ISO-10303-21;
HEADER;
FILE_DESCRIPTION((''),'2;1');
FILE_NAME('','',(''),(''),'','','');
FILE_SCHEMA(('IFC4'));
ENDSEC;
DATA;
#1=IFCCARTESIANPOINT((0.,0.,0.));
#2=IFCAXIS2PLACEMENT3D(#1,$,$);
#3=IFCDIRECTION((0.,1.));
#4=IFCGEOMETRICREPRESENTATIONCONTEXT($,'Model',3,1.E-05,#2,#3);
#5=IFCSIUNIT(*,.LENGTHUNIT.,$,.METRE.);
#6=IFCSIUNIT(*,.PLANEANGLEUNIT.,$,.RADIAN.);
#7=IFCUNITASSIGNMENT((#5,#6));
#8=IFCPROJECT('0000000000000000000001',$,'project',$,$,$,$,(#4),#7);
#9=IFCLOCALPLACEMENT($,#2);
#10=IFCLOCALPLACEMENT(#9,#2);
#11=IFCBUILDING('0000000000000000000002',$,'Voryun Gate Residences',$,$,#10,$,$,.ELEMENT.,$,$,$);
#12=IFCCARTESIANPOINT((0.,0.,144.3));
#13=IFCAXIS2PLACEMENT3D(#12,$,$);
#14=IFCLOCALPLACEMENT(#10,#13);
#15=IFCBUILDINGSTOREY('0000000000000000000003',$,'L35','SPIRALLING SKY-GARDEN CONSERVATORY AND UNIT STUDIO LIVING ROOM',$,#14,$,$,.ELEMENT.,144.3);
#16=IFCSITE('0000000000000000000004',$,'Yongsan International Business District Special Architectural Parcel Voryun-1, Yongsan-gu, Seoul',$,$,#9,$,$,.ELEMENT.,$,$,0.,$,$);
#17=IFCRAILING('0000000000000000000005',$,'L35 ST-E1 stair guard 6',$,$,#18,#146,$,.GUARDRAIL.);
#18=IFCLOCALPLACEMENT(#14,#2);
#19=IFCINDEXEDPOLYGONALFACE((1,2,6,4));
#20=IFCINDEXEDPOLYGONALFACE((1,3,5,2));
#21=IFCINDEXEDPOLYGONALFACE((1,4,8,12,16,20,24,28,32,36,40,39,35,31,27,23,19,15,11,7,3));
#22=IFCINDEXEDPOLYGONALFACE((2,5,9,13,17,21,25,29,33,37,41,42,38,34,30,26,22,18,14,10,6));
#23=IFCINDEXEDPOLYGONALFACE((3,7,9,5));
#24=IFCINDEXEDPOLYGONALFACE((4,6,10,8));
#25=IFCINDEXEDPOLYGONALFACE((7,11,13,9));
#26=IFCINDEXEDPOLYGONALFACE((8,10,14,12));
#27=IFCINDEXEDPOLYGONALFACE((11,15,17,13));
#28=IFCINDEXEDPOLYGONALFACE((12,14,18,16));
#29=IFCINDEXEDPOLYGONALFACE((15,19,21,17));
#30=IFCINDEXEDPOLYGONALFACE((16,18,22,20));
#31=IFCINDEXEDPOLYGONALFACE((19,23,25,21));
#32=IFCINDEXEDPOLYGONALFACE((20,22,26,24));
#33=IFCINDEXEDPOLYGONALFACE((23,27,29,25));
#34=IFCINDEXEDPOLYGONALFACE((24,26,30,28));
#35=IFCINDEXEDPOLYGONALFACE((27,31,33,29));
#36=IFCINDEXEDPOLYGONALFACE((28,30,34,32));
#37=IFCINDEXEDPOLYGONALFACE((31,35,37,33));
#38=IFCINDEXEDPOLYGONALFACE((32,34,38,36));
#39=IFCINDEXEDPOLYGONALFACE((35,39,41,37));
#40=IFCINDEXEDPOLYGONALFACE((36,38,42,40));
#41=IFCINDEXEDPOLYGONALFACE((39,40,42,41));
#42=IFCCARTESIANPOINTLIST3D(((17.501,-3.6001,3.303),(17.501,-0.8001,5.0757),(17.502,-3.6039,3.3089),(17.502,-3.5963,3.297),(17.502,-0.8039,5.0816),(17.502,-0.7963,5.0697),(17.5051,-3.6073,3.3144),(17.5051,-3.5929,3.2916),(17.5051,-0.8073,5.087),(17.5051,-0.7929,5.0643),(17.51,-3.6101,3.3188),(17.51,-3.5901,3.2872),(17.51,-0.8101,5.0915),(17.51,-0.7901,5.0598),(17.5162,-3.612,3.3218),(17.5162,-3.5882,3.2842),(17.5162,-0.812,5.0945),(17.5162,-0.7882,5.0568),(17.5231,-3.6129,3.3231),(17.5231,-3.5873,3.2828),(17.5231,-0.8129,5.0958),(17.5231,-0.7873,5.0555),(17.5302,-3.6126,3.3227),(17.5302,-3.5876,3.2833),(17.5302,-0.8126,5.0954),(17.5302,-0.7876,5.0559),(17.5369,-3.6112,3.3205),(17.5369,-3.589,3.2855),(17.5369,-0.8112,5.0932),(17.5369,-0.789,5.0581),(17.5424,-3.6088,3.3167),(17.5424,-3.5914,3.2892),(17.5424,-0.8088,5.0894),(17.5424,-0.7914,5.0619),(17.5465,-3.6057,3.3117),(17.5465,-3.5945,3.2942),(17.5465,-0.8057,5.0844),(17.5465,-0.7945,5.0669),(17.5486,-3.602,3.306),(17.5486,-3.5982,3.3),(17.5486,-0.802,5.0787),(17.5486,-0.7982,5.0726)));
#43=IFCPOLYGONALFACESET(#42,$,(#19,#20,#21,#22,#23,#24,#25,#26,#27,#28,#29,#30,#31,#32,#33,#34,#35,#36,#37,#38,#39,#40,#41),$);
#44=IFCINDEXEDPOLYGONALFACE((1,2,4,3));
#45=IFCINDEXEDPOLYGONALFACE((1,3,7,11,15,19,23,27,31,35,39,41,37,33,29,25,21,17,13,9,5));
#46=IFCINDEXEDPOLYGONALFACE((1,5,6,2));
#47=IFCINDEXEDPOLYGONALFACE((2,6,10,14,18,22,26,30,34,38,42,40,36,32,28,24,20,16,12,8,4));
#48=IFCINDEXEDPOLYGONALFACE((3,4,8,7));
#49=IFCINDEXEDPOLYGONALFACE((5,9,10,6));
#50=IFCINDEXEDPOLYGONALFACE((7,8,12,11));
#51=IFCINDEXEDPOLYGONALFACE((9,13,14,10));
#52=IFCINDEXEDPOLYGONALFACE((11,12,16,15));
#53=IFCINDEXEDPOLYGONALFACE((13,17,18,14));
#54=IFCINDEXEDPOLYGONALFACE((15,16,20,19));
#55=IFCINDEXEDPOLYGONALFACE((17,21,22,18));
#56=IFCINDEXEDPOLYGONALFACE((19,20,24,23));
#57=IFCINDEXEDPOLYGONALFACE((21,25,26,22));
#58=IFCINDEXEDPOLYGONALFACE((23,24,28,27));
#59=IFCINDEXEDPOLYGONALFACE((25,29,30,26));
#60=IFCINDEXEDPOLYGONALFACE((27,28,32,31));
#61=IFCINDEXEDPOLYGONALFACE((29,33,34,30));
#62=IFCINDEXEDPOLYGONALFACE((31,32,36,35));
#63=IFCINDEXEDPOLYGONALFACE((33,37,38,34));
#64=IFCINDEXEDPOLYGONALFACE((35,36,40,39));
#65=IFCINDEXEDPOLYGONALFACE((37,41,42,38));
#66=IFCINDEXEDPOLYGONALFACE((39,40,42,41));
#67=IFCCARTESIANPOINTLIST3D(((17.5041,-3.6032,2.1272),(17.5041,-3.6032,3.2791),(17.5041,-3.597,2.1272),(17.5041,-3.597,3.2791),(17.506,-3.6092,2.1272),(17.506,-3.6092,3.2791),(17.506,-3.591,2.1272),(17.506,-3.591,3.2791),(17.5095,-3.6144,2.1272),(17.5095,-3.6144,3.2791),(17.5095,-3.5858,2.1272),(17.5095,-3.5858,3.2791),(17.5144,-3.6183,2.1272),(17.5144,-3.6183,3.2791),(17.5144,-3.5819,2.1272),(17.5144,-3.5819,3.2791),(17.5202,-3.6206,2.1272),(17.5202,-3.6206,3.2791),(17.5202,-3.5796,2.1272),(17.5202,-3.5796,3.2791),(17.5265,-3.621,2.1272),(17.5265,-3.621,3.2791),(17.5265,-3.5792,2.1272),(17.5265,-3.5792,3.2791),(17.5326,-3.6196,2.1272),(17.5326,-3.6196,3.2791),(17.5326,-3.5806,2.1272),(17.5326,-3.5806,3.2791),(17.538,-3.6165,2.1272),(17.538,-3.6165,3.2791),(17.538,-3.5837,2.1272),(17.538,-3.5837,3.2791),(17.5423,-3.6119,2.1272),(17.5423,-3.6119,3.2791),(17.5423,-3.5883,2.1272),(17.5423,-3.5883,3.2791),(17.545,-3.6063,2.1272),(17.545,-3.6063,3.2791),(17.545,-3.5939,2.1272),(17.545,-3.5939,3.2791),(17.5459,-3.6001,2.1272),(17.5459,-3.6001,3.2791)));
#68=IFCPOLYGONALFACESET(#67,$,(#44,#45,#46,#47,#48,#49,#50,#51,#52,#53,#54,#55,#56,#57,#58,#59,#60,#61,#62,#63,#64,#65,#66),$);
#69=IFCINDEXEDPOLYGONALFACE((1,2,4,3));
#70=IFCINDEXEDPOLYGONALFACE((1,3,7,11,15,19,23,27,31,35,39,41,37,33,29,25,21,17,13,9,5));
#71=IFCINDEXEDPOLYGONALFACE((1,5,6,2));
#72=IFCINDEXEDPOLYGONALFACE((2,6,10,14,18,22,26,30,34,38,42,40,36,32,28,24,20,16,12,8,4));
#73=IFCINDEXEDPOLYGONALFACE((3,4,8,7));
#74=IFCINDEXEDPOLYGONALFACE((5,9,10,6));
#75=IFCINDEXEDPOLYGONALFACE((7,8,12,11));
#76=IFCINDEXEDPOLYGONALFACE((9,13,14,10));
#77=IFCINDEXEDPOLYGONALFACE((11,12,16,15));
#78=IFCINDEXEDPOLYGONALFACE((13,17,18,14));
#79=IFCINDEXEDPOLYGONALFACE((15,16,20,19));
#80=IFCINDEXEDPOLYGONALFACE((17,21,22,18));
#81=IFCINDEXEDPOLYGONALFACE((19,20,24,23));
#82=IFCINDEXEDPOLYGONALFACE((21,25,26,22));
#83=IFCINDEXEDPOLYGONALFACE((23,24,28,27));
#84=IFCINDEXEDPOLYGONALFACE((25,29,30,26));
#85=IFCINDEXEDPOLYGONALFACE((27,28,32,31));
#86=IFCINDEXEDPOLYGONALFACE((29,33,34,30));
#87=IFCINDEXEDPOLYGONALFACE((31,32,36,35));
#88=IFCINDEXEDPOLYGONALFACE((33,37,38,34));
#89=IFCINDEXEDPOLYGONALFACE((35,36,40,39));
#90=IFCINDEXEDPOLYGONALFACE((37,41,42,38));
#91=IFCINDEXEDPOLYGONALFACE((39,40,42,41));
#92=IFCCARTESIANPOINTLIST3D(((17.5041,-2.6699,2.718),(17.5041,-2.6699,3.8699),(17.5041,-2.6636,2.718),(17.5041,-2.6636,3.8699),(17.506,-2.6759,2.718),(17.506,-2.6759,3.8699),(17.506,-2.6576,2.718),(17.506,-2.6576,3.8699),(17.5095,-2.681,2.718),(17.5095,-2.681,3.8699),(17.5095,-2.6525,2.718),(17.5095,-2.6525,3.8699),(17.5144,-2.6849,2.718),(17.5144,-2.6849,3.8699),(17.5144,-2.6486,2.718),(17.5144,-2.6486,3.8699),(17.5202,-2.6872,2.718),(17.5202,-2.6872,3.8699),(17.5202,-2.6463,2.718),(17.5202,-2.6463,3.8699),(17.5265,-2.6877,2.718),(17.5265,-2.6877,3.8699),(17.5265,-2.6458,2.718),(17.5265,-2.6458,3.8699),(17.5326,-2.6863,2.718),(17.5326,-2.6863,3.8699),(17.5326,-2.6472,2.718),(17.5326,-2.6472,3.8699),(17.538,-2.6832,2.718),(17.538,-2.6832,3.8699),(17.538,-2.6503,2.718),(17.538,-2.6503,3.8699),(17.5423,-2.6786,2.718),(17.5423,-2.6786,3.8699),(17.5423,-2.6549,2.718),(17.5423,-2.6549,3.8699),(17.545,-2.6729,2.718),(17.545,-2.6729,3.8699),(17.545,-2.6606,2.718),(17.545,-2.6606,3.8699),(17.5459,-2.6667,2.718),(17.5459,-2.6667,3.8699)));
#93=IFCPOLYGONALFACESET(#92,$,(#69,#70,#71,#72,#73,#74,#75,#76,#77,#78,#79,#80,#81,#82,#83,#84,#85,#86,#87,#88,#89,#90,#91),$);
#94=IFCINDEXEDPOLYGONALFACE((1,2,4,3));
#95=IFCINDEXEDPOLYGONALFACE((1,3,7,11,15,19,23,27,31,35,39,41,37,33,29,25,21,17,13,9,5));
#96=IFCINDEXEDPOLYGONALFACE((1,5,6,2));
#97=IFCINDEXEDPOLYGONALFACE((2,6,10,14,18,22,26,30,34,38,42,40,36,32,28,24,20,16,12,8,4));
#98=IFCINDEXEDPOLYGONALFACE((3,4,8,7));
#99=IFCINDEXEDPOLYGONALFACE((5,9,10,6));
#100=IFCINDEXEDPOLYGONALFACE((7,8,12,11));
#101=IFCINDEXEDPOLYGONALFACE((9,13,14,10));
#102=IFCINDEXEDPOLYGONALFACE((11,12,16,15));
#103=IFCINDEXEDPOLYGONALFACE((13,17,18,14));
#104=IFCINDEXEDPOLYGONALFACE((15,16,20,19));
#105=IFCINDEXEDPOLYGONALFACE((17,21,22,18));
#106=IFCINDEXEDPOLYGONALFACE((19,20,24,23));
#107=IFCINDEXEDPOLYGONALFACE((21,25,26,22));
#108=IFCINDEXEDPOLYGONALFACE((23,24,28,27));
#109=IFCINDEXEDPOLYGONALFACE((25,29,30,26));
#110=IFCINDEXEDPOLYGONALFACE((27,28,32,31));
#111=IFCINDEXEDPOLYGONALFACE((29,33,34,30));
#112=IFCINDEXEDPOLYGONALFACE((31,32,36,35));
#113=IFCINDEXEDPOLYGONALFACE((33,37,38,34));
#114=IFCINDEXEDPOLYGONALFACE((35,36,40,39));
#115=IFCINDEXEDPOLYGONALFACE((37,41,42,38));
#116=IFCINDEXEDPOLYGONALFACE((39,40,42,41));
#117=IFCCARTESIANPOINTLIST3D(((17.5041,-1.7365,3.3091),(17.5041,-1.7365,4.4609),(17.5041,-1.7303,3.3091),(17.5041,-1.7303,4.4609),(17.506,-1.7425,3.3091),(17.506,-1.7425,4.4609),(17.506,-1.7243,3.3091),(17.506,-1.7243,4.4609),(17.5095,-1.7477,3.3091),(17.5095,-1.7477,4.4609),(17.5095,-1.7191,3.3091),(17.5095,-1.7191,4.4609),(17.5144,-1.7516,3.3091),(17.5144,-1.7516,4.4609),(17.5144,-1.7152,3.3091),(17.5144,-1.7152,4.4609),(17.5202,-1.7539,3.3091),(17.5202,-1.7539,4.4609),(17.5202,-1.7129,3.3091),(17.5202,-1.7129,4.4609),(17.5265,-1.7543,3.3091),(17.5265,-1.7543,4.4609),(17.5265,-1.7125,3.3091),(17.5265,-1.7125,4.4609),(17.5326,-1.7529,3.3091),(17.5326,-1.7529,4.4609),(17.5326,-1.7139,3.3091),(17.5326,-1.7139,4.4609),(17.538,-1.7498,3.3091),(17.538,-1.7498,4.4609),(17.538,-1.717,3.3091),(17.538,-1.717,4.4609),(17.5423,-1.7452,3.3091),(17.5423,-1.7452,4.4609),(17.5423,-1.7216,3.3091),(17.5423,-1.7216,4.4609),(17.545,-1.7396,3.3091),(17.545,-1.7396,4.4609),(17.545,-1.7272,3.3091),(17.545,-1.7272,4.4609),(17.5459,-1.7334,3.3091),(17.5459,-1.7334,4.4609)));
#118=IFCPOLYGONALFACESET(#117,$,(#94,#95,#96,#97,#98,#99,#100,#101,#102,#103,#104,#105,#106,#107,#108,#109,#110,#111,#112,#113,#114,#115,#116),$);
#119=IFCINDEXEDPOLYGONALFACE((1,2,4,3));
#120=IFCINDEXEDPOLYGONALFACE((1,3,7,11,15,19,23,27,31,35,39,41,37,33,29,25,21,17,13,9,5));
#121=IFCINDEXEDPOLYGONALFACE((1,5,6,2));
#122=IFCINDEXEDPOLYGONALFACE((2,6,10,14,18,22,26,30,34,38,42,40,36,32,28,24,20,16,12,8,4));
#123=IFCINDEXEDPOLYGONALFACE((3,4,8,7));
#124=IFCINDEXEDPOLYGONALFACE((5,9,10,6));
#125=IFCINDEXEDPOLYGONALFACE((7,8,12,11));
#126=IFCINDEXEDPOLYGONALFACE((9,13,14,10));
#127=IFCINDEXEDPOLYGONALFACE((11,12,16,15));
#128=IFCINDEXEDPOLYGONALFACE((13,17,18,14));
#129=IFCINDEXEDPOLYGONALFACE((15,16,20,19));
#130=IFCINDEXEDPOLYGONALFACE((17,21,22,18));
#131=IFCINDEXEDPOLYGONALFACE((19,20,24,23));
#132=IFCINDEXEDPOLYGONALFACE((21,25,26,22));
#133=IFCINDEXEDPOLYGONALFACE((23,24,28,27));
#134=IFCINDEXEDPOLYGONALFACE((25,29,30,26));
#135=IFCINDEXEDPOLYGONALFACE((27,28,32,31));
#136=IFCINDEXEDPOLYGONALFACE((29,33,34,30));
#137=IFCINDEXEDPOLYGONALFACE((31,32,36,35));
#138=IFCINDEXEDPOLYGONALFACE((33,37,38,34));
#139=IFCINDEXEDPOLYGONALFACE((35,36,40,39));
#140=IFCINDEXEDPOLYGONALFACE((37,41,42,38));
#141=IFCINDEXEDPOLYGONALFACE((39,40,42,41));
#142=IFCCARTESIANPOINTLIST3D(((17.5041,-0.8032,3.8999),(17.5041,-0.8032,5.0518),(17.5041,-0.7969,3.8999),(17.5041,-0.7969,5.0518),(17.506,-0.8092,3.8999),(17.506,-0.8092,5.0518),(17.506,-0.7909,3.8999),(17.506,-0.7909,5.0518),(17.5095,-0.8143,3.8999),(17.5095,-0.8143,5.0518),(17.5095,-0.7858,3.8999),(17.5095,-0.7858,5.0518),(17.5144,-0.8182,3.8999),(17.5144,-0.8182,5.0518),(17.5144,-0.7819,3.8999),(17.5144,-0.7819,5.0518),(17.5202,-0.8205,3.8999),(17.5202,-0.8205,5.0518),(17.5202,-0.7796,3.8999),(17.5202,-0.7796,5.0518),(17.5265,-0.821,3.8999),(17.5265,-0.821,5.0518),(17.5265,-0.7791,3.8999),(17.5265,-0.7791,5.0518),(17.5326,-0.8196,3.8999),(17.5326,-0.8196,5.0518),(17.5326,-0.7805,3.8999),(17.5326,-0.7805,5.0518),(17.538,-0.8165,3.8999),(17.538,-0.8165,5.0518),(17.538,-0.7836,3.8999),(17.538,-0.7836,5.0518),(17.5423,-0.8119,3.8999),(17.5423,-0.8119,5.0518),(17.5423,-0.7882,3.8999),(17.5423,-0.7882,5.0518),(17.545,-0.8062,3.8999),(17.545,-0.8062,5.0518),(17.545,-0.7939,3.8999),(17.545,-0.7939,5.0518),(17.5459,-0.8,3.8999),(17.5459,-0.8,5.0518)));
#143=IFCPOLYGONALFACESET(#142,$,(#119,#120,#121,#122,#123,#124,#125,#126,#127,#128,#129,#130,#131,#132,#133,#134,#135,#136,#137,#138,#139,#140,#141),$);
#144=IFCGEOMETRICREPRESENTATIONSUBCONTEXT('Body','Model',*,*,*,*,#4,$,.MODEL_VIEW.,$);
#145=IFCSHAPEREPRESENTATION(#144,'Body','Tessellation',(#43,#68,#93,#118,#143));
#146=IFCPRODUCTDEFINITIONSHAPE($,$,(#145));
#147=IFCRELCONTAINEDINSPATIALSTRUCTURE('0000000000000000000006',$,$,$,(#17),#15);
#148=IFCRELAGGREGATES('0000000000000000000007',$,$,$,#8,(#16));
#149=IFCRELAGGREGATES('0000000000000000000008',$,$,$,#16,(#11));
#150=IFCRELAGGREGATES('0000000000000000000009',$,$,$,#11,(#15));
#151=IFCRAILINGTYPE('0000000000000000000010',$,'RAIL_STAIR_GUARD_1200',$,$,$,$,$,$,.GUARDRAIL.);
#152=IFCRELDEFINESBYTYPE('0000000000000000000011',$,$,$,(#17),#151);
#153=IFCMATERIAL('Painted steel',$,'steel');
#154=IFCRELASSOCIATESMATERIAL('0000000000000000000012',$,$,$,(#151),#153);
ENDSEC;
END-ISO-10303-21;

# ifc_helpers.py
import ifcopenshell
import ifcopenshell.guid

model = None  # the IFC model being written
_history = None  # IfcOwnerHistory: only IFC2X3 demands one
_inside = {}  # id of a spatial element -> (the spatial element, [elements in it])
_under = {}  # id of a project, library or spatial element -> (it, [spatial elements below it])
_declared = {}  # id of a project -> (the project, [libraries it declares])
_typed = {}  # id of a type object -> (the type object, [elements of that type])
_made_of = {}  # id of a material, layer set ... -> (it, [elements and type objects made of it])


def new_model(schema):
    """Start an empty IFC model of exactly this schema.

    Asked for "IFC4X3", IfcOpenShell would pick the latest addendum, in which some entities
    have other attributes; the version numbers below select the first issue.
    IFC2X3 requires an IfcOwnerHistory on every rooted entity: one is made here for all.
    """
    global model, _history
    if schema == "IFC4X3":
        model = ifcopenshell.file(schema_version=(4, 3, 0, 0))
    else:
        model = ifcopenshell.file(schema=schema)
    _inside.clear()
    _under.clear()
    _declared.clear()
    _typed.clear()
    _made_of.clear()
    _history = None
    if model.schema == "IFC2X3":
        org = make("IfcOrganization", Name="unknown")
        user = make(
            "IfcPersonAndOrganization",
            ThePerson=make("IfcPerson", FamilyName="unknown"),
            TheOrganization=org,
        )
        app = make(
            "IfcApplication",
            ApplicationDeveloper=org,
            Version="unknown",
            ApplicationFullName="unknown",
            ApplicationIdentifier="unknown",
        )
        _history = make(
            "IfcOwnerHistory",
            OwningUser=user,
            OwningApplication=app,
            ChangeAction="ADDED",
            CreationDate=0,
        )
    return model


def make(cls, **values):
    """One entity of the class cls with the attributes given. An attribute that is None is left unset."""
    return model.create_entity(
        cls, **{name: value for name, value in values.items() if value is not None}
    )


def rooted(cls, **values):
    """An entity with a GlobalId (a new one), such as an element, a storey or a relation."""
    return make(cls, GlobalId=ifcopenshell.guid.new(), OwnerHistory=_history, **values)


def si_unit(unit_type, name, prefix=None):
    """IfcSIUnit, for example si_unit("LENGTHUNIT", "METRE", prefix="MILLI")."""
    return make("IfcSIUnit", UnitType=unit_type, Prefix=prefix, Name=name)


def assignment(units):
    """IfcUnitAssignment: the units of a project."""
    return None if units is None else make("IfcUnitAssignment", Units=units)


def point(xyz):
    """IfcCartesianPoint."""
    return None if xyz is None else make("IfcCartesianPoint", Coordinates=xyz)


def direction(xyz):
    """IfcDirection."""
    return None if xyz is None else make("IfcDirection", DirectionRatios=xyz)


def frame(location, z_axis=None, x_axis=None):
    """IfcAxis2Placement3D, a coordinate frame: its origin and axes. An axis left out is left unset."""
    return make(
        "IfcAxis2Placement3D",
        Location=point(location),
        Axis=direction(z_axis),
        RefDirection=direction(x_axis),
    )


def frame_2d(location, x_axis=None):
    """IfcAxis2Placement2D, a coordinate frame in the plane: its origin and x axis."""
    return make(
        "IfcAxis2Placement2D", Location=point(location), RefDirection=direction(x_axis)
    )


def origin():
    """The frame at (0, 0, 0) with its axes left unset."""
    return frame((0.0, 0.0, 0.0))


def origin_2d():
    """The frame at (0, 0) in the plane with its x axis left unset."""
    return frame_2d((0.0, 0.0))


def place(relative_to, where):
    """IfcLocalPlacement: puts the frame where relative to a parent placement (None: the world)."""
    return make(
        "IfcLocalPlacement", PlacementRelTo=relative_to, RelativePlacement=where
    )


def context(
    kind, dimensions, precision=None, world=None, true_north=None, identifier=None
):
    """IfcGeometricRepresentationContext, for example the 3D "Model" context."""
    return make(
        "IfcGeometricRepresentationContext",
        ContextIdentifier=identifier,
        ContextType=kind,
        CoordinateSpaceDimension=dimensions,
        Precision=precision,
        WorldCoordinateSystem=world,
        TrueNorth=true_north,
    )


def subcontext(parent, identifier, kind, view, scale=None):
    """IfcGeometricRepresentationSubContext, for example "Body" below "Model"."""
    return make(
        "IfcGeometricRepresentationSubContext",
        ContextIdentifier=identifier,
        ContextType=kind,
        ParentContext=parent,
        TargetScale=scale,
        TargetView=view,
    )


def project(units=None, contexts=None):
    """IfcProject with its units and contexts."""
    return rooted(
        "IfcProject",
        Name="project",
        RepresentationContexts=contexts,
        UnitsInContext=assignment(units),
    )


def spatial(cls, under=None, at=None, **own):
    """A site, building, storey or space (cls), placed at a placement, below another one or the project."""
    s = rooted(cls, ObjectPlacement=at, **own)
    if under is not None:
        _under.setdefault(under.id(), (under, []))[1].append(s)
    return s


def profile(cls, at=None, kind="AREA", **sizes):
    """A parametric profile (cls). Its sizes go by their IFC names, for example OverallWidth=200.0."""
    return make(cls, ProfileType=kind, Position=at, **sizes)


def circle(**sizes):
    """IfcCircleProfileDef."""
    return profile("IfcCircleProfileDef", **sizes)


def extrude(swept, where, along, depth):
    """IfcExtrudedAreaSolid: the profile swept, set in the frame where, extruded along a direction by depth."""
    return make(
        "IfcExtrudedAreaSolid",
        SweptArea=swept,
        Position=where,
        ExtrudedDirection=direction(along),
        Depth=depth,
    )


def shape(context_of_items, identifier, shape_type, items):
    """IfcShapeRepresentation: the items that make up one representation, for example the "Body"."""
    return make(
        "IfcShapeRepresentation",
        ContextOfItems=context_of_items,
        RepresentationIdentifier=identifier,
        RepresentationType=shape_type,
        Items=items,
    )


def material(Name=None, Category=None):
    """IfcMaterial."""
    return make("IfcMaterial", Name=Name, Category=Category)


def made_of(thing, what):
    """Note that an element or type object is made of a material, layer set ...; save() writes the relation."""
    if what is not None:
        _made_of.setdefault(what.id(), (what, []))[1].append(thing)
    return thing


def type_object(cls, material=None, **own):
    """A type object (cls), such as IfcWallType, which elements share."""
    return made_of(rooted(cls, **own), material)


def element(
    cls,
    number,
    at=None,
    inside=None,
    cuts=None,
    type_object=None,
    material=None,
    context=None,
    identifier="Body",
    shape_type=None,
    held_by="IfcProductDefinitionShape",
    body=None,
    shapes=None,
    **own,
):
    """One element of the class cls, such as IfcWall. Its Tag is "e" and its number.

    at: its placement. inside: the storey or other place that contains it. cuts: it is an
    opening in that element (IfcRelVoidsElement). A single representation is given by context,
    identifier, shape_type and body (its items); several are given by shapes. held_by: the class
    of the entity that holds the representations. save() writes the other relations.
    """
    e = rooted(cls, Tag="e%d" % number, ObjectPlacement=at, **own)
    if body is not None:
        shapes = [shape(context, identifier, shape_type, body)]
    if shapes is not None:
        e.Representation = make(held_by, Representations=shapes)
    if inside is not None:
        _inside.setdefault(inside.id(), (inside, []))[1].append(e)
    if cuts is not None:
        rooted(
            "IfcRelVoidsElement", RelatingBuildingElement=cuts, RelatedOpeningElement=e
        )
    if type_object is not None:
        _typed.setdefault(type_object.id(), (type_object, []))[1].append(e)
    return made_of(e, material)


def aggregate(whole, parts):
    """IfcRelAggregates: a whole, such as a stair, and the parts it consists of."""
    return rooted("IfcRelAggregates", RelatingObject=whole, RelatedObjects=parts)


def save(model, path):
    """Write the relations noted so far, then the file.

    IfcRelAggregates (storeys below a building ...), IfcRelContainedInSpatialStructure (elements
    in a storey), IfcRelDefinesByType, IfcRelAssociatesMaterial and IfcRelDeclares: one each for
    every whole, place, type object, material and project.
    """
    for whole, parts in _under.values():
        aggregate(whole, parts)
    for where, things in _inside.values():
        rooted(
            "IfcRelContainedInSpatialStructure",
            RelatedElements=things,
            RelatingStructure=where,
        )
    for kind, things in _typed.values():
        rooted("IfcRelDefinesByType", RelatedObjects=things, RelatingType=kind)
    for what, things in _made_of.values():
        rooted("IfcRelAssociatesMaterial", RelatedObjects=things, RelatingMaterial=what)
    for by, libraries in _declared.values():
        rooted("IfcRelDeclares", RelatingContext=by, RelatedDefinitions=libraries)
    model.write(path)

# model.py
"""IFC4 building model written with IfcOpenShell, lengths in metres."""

from ifc_helpers import new_model, si_unit, direction, frame, origin, origin_2d, place, context, subcontext, project, spatial, circle, extrude, material, type_object, element, save


model = new_model("IFC4")

# Units and contexts
model_context = context("Model", 3, precision=1e-05, world=origin(), true_north=direction((0.0, 1.0)))
body_context = subcontext(model_context, "Body", "Model", "MODEL_VIEW")
ifc_project = project(units=[si_unit("LENGTHUNIT", "METRE"), si_unit("PLANEANGLEUNIT", "RADIAN")], contexts=[model_context])

# Site, building, storey
site_placement = place(None, origin())
site = spatial("IfcSite", under=ifc_project, at=site_placement, Name="Yongsan International Business District Special Architectural Parcel Voryun-1, Yongsan-gu, Seoul", CompositionType="ELEMENT", RefElevation=0.0)
building_placement = place(site_placement, origin())
building = spatial("IfcBuilding", under=site, at=building_placement, Name="Voryun Gate Residences", CompositionType="ELEMENT")
storey_placement = place(building_placement, frame((0.0, 0.0, 144.3)))
storey = spatial("IfcBuildingStorey", under=building, at=storey_placement, Name="L35", Description="SPIRALLING SKY-GARDEN CONSERVATORY AND UNIT STUDIO LIVING ROOM", CompositionType="ELEMENT", Elevation=144.3)

# Railing
ifc_material_1 = material(Name="Painted steel", Category="steel")
railing_type_1 = type_object("IfcRailingType", Name="RAIL_STAIR_GUARD_1200", PredefinedType="GUARDRAIL", material=ifc_material_1)
railing_1_placement = place(storey_placement, frame((17.5249, -3.6001, 2.1272)))
element("IfcRailing", 1, at=railing_1_placement, inside=storey, type_object=railing_type_1, Name="L35 ST-E1 stair guard 6", PredefinedType="GUARDRAIL", context=body_context, shape_type="SweptSolid", body=[
    extrude(circle(Radius=0.0239, at=origin_2d()), frame((0.0, 0.0, 1.1758), z_axis=(0.0, 0.844909, 0.53491), x_axis=(-1.0, 0.0, 0.0)), (0.0, 0.0, 1.0), 3.314),
    extrude(circle(Radius=0.021, at=origin_2d()), origin(), (0.0, 0.0, 1.0), 1.1519),
    extrude(circle(Radius=0.021, at=origin_2d()), frame((0.0, 0.9333, 0.5908)), (0.0, 0.0, 1.0), 1.1519),
    extrude(circle(Radius=0.021, at=origin_2d()), frame((0.0, 1.8667, 1.1819)), (0.0, 0.0, 1.0), 1.1519),
    extrude(circle(Radius=0.021, at=origin_2d()), frame((0.0, 2.8, 1.7727)), (0.0, 0.0, 1.0), 1.1519),
])

save(model, "model.ifc")
